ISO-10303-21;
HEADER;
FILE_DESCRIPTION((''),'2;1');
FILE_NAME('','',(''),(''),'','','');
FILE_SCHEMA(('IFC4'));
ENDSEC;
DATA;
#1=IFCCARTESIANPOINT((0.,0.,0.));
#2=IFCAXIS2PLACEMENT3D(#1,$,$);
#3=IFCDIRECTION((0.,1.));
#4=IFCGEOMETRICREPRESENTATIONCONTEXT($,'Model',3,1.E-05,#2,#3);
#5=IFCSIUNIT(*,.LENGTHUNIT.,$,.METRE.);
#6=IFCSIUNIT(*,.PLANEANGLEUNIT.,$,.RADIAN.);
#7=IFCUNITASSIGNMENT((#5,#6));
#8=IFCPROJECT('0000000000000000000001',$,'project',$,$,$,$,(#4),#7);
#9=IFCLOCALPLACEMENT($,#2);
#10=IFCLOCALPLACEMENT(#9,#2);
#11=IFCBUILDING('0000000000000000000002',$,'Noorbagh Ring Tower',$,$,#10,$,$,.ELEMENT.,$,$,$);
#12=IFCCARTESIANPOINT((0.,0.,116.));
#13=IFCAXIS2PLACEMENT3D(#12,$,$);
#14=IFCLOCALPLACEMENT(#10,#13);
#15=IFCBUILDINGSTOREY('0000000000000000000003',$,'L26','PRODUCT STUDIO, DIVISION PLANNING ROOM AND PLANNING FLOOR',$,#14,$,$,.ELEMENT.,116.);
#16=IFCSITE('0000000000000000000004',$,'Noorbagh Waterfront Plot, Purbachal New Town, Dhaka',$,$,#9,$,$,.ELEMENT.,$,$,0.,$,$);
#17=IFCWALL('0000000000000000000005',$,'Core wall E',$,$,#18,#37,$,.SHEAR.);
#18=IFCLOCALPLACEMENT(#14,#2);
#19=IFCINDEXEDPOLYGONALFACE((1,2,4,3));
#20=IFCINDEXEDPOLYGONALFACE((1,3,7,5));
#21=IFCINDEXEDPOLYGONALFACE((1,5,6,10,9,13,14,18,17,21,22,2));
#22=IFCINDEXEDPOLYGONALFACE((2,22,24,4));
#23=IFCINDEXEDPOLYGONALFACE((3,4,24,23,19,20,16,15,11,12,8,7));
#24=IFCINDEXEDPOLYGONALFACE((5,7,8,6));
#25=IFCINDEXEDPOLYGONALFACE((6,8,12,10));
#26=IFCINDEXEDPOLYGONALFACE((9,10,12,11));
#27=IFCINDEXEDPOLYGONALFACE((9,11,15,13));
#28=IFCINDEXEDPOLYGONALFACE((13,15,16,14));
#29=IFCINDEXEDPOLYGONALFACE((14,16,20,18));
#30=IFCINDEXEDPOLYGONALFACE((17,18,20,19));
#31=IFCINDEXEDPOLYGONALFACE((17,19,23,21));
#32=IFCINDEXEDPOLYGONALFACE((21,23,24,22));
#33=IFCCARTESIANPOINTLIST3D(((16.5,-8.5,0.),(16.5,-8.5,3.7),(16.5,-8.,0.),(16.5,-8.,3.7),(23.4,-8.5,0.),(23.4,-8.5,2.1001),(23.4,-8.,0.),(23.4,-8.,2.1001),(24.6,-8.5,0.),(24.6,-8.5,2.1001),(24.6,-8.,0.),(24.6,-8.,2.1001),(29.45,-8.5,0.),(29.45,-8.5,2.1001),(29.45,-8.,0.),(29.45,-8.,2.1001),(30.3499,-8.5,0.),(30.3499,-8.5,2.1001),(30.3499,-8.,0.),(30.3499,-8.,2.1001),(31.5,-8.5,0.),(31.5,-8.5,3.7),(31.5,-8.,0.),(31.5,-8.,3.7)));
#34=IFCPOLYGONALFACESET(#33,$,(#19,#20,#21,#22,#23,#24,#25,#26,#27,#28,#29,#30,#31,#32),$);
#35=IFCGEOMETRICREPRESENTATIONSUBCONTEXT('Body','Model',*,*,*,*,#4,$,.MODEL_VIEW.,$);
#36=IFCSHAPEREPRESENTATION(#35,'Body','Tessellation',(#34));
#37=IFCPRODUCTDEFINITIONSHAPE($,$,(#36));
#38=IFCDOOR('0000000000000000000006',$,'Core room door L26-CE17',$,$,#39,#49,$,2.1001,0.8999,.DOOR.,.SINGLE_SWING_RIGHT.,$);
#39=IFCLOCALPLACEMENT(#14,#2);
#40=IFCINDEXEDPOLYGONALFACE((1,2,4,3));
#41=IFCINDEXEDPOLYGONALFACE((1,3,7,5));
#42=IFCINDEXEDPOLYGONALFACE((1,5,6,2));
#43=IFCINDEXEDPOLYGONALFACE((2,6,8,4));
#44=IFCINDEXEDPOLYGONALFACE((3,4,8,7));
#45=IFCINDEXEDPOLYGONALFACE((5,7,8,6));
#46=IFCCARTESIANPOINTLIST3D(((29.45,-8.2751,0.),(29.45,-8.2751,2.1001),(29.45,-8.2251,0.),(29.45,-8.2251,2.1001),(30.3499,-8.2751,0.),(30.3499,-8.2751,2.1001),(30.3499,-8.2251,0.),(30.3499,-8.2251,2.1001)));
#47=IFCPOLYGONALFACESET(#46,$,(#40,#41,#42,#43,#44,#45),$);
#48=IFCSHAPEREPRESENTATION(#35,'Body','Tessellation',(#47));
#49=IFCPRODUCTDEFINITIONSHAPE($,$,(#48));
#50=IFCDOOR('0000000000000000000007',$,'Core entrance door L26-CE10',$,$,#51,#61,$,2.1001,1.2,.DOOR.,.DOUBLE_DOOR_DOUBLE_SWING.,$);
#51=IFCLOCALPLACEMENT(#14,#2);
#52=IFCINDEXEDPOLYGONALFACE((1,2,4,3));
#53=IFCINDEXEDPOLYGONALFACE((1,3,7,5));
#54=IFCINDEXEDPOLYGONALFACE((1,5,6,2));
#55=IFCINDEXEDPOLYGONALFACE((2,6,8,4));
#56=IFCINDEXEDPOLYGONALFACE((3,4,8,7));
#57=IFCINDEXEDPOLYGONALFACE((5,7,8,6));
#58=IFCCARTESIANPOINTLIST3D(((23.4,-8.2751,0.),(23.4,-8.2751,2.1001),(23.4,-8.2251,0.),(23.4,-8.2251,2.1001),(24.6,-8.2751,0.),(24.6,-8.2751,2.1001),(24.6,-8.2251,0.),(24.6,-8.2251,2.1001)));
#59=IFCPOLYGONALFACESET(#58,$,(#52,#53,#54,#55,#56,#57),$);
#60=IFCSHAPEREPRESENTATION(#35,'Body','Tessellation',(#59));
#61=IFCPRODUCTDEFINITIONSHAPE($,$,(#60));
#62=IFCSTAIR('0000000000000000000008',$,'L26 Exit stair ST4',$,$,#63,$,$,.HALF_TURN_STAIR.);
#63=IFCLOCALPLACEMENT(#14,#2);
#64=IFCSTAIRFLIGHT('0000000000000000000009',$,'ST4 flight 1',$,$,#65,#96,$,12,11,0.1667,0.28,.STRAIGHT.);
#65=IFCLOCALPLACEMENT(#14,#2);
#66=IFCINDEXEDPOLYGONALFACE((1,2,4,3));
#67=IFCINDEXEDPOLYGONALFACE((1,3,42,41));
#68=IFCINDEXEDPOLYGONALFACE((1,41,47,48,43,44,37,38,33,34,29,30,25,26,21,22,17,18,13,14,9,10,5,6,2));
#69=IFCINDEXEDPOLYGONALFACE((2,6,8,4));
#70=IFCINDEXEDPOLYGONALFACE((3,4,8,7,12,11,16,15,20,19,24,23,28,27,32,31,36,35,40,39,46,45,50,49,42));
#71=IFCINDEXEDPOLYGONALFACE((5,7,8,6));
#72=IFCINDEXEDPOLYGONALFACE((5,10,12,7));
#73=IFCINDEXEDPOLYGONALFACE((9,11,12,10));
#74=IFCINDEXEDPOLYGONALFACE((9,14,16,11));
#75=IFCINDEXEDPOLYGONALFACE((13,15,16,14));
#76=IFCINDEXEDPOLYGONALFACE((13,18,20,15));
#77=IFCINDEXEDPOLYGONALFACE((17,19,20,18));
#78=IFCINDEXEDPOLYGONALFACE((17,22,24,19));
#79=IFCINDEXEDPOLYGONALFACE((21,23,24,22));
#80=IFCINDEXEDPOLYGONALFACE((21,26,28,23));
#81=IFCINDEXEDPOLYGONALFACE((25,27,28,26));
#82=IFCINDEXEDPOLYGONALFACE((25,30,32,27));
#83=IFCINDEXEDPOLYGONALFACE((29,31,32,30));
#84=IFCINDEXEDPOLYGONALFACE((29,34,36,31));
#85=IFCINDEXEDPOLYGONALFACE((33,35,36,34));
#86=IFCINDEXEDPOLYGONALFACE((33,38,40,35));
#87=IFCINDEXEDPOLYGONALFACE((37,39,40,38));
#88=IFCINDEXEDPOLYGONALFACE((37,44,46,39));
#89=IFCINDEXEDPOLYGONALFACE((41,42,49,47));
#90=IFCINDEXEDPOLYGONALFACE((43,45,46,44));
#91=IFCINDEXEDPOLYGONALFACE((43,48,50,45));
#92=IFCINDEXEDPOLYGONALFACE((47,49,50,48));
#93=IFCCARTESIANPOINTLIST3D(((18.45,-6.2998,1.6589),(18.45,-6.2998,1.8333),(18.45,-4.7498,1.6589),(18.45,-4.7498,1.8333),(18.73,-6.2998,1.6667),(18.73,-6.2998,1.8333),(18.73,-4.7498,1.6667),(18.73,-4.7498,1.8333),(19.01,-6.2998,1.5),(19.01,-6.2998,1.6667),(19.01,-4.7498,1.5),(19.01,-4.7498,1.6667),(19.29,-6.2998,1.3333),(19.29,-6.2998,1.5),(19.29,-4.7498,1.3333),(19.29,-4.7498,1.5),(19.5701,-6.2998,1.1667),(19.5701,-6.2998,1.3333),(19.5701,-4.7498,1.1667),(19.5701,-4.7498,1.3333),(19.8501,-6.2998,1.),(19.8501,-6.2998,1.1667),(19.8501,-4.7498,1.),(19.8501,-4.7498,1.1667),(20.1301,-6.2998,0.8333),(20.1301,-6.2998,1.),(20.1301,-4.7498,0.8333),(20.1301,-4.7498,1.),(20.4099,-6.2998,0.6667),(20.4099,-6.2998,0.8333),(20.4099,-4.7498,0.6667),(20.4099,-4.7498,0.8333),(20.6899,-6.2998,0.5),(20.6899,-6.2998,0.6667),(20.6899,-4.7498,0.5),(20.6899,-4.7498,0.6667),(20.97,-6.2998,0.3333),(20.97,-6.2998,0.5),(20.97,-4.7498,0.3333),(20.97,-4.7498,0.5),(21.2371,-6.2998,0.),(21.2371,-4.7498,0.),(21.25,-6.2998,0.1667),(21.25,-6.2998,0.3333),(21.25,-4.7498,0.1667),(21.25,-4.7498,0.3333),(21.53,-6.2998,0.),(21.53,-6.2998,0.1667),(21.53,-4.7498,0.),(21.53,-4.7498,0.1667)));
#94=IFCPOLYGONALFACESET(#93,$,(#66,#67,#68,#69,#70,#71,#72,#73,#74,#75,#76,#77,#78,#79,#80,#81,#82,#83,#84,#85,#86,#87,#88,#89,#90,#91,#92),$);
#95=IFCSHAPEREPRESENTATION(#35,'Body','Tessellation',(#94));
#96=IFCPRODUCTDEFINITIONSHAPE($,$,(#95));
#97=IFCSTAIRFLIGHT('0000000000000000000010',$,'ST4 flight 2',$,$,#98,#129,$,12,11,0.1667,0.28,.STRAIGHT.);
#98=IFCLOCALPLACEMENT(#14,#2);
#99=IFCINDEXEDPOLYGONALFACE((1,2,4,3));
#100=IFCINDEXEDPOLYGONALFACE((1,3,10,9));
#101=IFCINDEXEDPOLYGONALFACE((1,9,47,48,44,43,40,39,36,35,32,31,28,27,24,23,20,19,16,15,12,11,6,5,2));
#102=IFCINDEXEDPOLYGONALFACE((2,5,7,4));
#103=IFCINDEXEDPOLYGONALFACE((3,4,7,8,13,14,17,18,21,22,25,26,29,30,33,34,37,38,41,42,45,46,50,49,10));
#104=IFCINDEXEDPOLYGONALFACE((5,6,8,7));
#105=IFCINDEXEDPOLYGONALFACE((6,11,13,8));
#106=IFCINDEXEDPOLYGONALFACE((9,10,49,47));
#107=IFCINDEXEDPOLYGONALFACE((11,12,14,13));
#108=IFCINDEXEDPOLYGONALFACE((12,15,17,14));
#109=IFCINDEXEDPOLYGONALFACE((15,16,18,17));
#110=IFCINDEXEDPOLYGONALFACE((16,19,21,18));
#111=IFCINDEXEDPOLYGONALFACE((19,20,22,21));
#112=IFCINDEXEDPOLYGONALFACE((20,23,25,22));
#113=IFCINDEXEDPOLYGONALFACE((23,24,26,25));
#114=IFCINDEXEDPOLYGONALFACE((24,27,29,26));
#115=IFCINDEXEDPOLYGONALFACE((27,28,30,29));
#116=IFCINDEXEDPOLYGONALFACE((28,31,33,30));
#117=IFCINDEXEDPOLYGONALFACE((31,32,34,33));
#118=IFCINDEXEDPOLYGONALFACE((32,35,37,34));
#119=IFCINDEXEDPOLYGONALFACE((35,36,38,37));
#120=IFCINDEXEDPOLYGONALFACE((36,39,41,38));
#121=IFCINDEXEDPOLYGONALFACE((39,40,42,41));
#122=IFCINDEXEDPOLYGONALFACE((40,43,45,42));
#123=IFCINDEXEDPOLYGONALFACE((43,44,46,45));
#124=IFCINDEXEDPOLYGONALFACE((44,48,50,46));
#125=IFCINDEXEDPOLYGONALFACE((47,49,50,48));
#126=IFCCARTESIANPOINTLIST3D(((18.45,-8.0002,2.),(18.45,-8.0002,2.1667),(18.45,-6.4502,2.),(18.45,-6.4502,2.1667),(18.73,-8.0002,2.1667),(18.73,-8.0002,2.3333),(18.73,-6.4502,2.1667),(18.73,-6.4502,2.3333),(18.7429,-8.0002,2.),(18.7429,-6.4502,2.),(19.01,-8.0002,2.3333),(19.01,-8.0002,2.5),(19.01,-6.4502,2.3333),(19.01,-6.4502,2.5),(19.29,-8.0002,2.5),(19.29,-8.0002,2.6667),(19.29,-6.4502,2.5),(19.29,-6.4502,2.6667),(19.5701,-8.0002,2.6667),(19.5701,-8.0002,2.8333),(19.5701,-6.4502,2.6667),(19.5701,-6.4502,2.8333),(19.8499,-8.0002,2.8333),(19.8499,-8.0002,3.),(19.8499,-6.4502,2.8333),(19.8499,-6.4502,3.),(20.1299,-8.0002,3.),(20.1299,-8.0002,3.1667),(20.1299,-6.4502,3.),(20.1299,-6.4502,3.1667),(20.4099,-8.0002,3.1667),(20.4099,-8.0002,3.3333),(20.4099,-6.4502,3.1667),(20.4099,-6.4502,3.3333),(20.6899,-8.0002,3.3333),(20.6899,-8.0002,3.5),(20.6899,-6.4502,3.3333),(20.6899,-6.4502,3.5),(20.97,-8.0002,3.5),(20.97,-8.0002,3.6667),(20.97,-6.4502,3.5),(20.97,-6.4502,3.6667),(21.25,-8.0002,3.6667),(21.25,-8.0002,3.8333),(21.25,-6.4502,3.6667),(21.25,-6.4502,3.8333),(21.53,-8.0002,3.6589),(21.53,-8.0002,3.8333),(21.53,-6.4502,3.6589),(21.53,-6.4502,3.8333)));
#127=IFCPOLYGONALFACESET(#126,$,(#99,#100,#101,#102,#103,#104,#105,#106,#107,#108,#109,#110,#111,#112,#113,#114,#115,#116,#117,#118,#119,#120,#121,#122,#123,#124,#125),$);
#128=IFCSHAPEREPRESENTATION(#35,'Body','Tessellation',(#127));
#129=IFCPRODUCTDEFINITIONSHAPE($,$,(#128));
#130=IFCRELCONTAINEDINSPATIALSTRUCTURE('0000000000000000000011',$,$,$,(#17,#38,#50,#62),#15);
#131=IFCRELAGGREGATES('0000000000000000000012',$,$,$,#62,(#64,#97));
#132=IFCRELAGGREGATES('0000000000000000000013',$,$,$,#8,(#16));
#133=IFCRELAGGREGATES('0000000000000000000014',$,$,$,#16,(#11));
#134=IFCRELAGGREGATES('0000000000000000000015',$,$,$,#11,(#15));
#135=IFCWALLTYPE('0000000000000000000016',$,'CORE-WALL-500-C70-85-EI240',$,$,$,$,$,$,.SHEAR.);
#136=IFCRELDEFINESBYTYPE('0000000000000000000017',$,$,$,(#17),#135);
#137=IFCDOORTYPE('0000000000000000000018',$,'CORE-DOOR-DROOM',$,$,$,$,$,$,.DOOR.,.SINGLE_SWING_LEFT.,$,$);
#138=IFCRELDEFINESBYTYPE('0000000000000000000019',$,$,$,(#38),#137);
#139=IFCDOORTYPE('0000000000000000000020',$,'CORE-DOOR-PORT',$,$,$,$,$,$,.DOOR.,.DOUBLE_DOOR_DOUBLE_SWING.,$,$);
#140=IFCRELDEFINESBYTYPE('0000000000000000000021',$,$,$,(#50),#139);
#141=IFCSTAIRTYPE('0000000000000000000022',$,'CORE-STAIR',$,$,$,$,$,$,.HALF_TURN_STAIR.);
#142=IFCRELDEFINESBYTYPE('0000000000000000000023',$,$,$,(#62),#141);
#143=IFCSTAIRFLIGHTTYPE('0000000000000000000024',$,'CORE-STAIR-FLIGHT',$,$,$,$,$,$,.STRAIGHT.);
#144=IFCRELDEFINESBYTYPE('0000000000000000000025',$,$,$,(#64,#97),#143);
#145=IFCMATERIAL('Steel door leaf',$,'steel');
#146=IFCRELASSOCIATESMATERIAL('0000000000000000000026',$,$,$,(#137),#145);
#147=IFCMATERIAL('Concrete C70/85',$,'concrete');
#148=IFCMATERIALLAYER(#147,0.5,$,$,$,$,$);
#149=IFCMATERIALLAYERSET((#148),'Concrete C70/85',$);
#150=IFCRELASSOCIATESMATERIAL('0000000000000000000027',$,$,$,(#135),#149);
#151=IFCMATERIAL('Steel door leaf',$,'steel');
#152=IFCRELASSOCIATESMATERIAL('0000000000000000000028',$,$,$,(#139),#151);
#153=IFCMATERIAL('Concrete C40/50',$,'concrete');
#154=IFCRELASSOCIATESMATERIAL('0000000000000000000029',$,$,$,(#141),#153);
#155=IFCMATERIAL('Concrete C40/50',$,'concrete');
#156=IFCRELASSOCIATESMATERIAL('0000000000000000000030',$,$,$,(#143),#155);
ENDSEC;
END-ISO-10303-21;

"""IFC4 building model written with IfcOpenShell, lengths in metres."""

from ifc_helpers import new_model, si_unit, direction, frame, frame_2d, origin, place, context, subcontext, project, spatial, polyline, rectangle, outline, extrude, material, layer, layer_set, type_object, element, fill, aggregate, save


model = new_model("IFC4")

# Units and contexts
model_context = context("Model", 3, precision=1e-05, world=origin(), true_north=direction((0.0, 1.0)))
body_context = subcontext(model_context, "Body", "Model", "MODEL_VIEW")
ifc_project = project(units=[si_unit("LENGTHUNIT", "METRE"), si_unit("PLANEANGLEUNIT", "RADIAN")], contexts=[model_context])

# Site, building, storey
site_placement = place(None, origin())
site = spatial("IfcSite", under=ifc_project, at=site_placement, Name="Noorbagh Waterfront Plot, Purbachal New Town, Dhaka", CompositionType="ELEMENT", RefElevation=0.0)
building_placement = place(site_placement, origin())
building = spatial("IfcBuilding", under=site, at=building_placement, Name="Noorbagh Ring Tower", CompositionType="ELEMENT")
storey_placement = place(building_placement, frame((0.0, 0.0, 116.0)))
storey = spatial("IfcBuildingStorey", under=building, at=storey_placement, Name="L26", Description="PRODUCT STUDIO, DIVISION PLANNING ROOM AND PLANNING FLOOR", CompositionType="ELEMENT", Elevation=116.0)

# Shared definitions
ifc_material_1 = material(Name="Steel door leaf", Category="steel")
door_type_1 = type_object("IfcDoorType", Name="CORE-DOOR-DROOM", OperationType="SINGLE_SWING_LEFT", PredefinedType="DOOR", material=ifc_material_1)

# Wall, openings, doors
ifc_material_2 = material(Name="Concrete C70/85", Category="concrete")
ifc_layer_1 = layer(ifc_material_2, 0.5)
ifc_layer_set_1 = layer_set([ifc_layer_1], Name="Concrete C70/85")
wall_type_1 = type_object("IfcWallType", Name="CORE-WALL-500-C70-85-EI240", PredefinedType="SHEAR", material=ifc_layer_set_1)
wall_1_placement = place(storey_placement, frame((16.5, -8.25, 0.0), z_axis=(0.0, 0.0, 1.0), x_axis=(1.0, 0.0, 0.0)))
wall_1 = element("IfcWall", 1, at=wall_1_placement, inside=storey, type_object=wall_type_1, Name="Core wall E", PredefinedType="SHEAR", context=body_context, shape_type="SweptSolid", body=[
    extrude(rectangle(XDim=15.0, YDim=0.5, at=frame_2d((7.5, 0.0))), origin(), (0.0, 0.0, 1.0), 3.7),
])
opening_1_placement = place(wall_1_placement, frame((6.8999, 0.0, 0.0)))
opening_1 = element("IfcOpeningElement", 2, at=opening_1_placement, cuts=wall_1, PredefinedType="OPENING", context=body_context, shape_type="SweptSolid", body=[
    extrude(rectangle(XDim=1.2, YDim=2.1001, at=frame_2d((0.6001, 1.05))), frame((0.0, 0.26, 0.0), z_axis=(0.0, -1.0, 0.0), x_axis=(1.0, 0.0, 0.0)), (0.0, 0.0, 1.0), 0.52),
])
opening_2_placement = place(wall_1_placement, frame((12.95, 0.0, 0.0)))
opening_2 = element("IfcOpeningElement", 3, at=opening_2_placement, cuts=wall_1, PredefinedType="OPENING", context=body_context, shape_type="SweptSolid", body=[
    extrude(rectangle(XDim=0.8999, YDim=2.1001, at=frame_2d((0.45, 1.05))), frame((0.0, 0.26, 0.0), z_axis=(0.0, -1.0, 0.0), x_axis=(1.0, 0.0, 0.0)), (0.0, 0.0, 1.0), 0.52),
])
door_1_placement = place(opening_2_placement, origin())
door_1 = element("IfcDoor", 4, at=door_1_placement, inside=storey, type_object=door_type_1, Name="Core room door L26-CE17", OperationType="SINGLE_SWING_RIGHT", OverallHeight=2.1001, OverallWidth=0.8999, PredefinedType="DOOR", context=body_context, shape_type="SweptSolid", body=[
    extrude(rectangle(XDim=0.8999, YDim=2.1001, at=frame_2d((0.45, 1.05))), frame((0.0, 0.0249, 0.0), z_axis=(0.0, -1.0, 0.0), x_axis=(1.0, 0.0, 0.0)), (0.0, 0.0, 1.0), 0.05),
])
fill(opening_2, door_1)
ifc_material_3 = material(Name="Steel door leaf", Category="steel")
door_type_2 = type_object("IfcDoorType", Name="CORE-DOOR-PORT", OperationType="DOUBLE_DOOR_DOUBLE_SWING", PredefinedType="DOOR", material=ifc_material_3)
door_2_placement = place(opening_1_placement, origin())
door_2 = element("IfcDoor", 5, at=door_2_placement, inside=storey, type_object=door_type_2, Name="Core entrance door L26-CE10", OperationType="DOUBLE_DOOR_DOUBLE_SWING", OverallHeight=2.1001, OverallWidth=1.2, PredefinedType="DOOR", context=body_context, shape_type="SweptSolid", body=[
    extrude(rectangle(XDim=1.2, YDim=2.1001, at=frame_2d((0.6001, 1.05))), frame((0.0, 0.0249, 0.0), z_axis=(0.0, -1.0, 0.0), x_axis=(1.0, 0.0, 0.0)), (0.0, 0.0, 1.0), 0.05),
])
fill(opening_1, door_2)

# Stair, stair flights
ifc_material_4 = material(Name="Concrete C40/50", Category="concrete")
stair_type = type_object("IfcStairType", Name="CORE-STAIR", PredefinedType="HALF_TURN_STAIR", material=ifc_material_4)
stair_placement = place(storey_placement, origin())
stair = element("IfcStair", 6, at=stair_placement, inside=storey, type_object=stair_type, Name="L26 Exit stair ST4", PredefinedType="HALF_TURN_STAIR")
ifc_material_5 = material(Name="Concrete C40/50", Category="concrete")
stair_flight_type = type_object("IfcStairFlightType", Name="CORE-STAIR-FLIGHT", PredefinedType="STRAIGHT", material=ifc_material_5)
stair_flight_1_placement = place(storey_placement, frame((21.53, -5.5249, 0.0), z_axis=(0.0, 0.0, 1.0), x_axis=(-1.0, 0.0, 0.0)))
stair_flight_1 = element("IfcStairFlight", 7, at=stair_flight_1_placement, type_object=stair_flight_type, Name="ST4 flight 1", NumberOfRisers=12, NumberOfTreads=11, PredefinedType="STRAIGHT", RiserHeight=0.1667, TreadLength=0.28, context=body_context, shape_type="SweptSolid", body=[
    extrude(outline(polyline([(0.0, 0.0), (0.0, 0.1667), (0.28, 0.1667), (0.28, 0.3333), (0.5601, 0.3333), (0.5601, 0.5), (0.8401, 0.5), (0.8401, 0.6667), (1.1201, 0.6667), (1.1201, 0.8333), (1.3999, 0.8333), (1.3999, 1.0), (1.6799, 1.0), (1.6799, 1.1667), (1.96, 1.1667), (1.96, 1.3333), (2.24, 1.3333), (2.24, 1.5), (2.52, 1.5), (2.52, 1.6667), (2.8, 1.6667), (2.8, 1.8333), (3.0801, 1.8333), (3.0801, 2.0), (3.0801, 1.6589), (0.293, 0.0), (0.0, 0.0)])), frame((0.0, 0.7749, 0.0), z_axis=(0.0, -1.0, 0.0), x_axis=(1.0, 0.0, 0.0)), (0.0, 0.0, 1.0), 1.55),
])
stair_flight_2_placement = place(storey_placement, frame((18.45, -7.2251, 2.0), z_axis=(0.0, 0.0, 1.0), x_axis=(1.0, 0.0, 0.0)))
stair_flight_2 = element("IfcStairFlight", 8, at=stair_flight_2_placement, type_object=stair_flight_type, Name="ST4 flight 2", NumberOfRisers=12, NumberOfTreads=11, PredefinedType="STRAIGHT", RiserHeight=0.1667, TreadLength=0.28, context=body_context, shape_type="SweptSolid", body=[
    extrude(outline(polyline([(0.0, 0.0), (0.0, 0.1667), (0.28, 0.1667), (0.28, 0.3333), (0.5601, 0.3333), (0.5601, 0.5), (0.8401, 0.5), (0.8401, 0.6667), (1.1201, 0.6667), (1.1201, 0.8333), (1.3999, 0.8333), (1.3999, 1.0), (1.6799, 1.0), (1.6799, 1.1667), (1.96, 1.1667), (1.96, 1.3333), (2.24, 1.3333), (2.24, 1.5), (2.52, 1.5), (2.52, 1.6667), (2.8, 1.6667), (2.8, 1.8333), (3.0801, 1.8333), (3.0801, 2.0), (3.0801, 1.6589), (0.293, 0.0), (0.0, 0.0)])), frame((0.0, 0.7749, 0.0), z_axis=(0.0, -1.0, 0.0), x_axis=(1.0, 0.0, 0.0)), (0.0, 0.0, 1.0), 1.55),
])
aggregate(stair, [stair_flight_1, stair_flight_2])

save(model, "model.ifc")
